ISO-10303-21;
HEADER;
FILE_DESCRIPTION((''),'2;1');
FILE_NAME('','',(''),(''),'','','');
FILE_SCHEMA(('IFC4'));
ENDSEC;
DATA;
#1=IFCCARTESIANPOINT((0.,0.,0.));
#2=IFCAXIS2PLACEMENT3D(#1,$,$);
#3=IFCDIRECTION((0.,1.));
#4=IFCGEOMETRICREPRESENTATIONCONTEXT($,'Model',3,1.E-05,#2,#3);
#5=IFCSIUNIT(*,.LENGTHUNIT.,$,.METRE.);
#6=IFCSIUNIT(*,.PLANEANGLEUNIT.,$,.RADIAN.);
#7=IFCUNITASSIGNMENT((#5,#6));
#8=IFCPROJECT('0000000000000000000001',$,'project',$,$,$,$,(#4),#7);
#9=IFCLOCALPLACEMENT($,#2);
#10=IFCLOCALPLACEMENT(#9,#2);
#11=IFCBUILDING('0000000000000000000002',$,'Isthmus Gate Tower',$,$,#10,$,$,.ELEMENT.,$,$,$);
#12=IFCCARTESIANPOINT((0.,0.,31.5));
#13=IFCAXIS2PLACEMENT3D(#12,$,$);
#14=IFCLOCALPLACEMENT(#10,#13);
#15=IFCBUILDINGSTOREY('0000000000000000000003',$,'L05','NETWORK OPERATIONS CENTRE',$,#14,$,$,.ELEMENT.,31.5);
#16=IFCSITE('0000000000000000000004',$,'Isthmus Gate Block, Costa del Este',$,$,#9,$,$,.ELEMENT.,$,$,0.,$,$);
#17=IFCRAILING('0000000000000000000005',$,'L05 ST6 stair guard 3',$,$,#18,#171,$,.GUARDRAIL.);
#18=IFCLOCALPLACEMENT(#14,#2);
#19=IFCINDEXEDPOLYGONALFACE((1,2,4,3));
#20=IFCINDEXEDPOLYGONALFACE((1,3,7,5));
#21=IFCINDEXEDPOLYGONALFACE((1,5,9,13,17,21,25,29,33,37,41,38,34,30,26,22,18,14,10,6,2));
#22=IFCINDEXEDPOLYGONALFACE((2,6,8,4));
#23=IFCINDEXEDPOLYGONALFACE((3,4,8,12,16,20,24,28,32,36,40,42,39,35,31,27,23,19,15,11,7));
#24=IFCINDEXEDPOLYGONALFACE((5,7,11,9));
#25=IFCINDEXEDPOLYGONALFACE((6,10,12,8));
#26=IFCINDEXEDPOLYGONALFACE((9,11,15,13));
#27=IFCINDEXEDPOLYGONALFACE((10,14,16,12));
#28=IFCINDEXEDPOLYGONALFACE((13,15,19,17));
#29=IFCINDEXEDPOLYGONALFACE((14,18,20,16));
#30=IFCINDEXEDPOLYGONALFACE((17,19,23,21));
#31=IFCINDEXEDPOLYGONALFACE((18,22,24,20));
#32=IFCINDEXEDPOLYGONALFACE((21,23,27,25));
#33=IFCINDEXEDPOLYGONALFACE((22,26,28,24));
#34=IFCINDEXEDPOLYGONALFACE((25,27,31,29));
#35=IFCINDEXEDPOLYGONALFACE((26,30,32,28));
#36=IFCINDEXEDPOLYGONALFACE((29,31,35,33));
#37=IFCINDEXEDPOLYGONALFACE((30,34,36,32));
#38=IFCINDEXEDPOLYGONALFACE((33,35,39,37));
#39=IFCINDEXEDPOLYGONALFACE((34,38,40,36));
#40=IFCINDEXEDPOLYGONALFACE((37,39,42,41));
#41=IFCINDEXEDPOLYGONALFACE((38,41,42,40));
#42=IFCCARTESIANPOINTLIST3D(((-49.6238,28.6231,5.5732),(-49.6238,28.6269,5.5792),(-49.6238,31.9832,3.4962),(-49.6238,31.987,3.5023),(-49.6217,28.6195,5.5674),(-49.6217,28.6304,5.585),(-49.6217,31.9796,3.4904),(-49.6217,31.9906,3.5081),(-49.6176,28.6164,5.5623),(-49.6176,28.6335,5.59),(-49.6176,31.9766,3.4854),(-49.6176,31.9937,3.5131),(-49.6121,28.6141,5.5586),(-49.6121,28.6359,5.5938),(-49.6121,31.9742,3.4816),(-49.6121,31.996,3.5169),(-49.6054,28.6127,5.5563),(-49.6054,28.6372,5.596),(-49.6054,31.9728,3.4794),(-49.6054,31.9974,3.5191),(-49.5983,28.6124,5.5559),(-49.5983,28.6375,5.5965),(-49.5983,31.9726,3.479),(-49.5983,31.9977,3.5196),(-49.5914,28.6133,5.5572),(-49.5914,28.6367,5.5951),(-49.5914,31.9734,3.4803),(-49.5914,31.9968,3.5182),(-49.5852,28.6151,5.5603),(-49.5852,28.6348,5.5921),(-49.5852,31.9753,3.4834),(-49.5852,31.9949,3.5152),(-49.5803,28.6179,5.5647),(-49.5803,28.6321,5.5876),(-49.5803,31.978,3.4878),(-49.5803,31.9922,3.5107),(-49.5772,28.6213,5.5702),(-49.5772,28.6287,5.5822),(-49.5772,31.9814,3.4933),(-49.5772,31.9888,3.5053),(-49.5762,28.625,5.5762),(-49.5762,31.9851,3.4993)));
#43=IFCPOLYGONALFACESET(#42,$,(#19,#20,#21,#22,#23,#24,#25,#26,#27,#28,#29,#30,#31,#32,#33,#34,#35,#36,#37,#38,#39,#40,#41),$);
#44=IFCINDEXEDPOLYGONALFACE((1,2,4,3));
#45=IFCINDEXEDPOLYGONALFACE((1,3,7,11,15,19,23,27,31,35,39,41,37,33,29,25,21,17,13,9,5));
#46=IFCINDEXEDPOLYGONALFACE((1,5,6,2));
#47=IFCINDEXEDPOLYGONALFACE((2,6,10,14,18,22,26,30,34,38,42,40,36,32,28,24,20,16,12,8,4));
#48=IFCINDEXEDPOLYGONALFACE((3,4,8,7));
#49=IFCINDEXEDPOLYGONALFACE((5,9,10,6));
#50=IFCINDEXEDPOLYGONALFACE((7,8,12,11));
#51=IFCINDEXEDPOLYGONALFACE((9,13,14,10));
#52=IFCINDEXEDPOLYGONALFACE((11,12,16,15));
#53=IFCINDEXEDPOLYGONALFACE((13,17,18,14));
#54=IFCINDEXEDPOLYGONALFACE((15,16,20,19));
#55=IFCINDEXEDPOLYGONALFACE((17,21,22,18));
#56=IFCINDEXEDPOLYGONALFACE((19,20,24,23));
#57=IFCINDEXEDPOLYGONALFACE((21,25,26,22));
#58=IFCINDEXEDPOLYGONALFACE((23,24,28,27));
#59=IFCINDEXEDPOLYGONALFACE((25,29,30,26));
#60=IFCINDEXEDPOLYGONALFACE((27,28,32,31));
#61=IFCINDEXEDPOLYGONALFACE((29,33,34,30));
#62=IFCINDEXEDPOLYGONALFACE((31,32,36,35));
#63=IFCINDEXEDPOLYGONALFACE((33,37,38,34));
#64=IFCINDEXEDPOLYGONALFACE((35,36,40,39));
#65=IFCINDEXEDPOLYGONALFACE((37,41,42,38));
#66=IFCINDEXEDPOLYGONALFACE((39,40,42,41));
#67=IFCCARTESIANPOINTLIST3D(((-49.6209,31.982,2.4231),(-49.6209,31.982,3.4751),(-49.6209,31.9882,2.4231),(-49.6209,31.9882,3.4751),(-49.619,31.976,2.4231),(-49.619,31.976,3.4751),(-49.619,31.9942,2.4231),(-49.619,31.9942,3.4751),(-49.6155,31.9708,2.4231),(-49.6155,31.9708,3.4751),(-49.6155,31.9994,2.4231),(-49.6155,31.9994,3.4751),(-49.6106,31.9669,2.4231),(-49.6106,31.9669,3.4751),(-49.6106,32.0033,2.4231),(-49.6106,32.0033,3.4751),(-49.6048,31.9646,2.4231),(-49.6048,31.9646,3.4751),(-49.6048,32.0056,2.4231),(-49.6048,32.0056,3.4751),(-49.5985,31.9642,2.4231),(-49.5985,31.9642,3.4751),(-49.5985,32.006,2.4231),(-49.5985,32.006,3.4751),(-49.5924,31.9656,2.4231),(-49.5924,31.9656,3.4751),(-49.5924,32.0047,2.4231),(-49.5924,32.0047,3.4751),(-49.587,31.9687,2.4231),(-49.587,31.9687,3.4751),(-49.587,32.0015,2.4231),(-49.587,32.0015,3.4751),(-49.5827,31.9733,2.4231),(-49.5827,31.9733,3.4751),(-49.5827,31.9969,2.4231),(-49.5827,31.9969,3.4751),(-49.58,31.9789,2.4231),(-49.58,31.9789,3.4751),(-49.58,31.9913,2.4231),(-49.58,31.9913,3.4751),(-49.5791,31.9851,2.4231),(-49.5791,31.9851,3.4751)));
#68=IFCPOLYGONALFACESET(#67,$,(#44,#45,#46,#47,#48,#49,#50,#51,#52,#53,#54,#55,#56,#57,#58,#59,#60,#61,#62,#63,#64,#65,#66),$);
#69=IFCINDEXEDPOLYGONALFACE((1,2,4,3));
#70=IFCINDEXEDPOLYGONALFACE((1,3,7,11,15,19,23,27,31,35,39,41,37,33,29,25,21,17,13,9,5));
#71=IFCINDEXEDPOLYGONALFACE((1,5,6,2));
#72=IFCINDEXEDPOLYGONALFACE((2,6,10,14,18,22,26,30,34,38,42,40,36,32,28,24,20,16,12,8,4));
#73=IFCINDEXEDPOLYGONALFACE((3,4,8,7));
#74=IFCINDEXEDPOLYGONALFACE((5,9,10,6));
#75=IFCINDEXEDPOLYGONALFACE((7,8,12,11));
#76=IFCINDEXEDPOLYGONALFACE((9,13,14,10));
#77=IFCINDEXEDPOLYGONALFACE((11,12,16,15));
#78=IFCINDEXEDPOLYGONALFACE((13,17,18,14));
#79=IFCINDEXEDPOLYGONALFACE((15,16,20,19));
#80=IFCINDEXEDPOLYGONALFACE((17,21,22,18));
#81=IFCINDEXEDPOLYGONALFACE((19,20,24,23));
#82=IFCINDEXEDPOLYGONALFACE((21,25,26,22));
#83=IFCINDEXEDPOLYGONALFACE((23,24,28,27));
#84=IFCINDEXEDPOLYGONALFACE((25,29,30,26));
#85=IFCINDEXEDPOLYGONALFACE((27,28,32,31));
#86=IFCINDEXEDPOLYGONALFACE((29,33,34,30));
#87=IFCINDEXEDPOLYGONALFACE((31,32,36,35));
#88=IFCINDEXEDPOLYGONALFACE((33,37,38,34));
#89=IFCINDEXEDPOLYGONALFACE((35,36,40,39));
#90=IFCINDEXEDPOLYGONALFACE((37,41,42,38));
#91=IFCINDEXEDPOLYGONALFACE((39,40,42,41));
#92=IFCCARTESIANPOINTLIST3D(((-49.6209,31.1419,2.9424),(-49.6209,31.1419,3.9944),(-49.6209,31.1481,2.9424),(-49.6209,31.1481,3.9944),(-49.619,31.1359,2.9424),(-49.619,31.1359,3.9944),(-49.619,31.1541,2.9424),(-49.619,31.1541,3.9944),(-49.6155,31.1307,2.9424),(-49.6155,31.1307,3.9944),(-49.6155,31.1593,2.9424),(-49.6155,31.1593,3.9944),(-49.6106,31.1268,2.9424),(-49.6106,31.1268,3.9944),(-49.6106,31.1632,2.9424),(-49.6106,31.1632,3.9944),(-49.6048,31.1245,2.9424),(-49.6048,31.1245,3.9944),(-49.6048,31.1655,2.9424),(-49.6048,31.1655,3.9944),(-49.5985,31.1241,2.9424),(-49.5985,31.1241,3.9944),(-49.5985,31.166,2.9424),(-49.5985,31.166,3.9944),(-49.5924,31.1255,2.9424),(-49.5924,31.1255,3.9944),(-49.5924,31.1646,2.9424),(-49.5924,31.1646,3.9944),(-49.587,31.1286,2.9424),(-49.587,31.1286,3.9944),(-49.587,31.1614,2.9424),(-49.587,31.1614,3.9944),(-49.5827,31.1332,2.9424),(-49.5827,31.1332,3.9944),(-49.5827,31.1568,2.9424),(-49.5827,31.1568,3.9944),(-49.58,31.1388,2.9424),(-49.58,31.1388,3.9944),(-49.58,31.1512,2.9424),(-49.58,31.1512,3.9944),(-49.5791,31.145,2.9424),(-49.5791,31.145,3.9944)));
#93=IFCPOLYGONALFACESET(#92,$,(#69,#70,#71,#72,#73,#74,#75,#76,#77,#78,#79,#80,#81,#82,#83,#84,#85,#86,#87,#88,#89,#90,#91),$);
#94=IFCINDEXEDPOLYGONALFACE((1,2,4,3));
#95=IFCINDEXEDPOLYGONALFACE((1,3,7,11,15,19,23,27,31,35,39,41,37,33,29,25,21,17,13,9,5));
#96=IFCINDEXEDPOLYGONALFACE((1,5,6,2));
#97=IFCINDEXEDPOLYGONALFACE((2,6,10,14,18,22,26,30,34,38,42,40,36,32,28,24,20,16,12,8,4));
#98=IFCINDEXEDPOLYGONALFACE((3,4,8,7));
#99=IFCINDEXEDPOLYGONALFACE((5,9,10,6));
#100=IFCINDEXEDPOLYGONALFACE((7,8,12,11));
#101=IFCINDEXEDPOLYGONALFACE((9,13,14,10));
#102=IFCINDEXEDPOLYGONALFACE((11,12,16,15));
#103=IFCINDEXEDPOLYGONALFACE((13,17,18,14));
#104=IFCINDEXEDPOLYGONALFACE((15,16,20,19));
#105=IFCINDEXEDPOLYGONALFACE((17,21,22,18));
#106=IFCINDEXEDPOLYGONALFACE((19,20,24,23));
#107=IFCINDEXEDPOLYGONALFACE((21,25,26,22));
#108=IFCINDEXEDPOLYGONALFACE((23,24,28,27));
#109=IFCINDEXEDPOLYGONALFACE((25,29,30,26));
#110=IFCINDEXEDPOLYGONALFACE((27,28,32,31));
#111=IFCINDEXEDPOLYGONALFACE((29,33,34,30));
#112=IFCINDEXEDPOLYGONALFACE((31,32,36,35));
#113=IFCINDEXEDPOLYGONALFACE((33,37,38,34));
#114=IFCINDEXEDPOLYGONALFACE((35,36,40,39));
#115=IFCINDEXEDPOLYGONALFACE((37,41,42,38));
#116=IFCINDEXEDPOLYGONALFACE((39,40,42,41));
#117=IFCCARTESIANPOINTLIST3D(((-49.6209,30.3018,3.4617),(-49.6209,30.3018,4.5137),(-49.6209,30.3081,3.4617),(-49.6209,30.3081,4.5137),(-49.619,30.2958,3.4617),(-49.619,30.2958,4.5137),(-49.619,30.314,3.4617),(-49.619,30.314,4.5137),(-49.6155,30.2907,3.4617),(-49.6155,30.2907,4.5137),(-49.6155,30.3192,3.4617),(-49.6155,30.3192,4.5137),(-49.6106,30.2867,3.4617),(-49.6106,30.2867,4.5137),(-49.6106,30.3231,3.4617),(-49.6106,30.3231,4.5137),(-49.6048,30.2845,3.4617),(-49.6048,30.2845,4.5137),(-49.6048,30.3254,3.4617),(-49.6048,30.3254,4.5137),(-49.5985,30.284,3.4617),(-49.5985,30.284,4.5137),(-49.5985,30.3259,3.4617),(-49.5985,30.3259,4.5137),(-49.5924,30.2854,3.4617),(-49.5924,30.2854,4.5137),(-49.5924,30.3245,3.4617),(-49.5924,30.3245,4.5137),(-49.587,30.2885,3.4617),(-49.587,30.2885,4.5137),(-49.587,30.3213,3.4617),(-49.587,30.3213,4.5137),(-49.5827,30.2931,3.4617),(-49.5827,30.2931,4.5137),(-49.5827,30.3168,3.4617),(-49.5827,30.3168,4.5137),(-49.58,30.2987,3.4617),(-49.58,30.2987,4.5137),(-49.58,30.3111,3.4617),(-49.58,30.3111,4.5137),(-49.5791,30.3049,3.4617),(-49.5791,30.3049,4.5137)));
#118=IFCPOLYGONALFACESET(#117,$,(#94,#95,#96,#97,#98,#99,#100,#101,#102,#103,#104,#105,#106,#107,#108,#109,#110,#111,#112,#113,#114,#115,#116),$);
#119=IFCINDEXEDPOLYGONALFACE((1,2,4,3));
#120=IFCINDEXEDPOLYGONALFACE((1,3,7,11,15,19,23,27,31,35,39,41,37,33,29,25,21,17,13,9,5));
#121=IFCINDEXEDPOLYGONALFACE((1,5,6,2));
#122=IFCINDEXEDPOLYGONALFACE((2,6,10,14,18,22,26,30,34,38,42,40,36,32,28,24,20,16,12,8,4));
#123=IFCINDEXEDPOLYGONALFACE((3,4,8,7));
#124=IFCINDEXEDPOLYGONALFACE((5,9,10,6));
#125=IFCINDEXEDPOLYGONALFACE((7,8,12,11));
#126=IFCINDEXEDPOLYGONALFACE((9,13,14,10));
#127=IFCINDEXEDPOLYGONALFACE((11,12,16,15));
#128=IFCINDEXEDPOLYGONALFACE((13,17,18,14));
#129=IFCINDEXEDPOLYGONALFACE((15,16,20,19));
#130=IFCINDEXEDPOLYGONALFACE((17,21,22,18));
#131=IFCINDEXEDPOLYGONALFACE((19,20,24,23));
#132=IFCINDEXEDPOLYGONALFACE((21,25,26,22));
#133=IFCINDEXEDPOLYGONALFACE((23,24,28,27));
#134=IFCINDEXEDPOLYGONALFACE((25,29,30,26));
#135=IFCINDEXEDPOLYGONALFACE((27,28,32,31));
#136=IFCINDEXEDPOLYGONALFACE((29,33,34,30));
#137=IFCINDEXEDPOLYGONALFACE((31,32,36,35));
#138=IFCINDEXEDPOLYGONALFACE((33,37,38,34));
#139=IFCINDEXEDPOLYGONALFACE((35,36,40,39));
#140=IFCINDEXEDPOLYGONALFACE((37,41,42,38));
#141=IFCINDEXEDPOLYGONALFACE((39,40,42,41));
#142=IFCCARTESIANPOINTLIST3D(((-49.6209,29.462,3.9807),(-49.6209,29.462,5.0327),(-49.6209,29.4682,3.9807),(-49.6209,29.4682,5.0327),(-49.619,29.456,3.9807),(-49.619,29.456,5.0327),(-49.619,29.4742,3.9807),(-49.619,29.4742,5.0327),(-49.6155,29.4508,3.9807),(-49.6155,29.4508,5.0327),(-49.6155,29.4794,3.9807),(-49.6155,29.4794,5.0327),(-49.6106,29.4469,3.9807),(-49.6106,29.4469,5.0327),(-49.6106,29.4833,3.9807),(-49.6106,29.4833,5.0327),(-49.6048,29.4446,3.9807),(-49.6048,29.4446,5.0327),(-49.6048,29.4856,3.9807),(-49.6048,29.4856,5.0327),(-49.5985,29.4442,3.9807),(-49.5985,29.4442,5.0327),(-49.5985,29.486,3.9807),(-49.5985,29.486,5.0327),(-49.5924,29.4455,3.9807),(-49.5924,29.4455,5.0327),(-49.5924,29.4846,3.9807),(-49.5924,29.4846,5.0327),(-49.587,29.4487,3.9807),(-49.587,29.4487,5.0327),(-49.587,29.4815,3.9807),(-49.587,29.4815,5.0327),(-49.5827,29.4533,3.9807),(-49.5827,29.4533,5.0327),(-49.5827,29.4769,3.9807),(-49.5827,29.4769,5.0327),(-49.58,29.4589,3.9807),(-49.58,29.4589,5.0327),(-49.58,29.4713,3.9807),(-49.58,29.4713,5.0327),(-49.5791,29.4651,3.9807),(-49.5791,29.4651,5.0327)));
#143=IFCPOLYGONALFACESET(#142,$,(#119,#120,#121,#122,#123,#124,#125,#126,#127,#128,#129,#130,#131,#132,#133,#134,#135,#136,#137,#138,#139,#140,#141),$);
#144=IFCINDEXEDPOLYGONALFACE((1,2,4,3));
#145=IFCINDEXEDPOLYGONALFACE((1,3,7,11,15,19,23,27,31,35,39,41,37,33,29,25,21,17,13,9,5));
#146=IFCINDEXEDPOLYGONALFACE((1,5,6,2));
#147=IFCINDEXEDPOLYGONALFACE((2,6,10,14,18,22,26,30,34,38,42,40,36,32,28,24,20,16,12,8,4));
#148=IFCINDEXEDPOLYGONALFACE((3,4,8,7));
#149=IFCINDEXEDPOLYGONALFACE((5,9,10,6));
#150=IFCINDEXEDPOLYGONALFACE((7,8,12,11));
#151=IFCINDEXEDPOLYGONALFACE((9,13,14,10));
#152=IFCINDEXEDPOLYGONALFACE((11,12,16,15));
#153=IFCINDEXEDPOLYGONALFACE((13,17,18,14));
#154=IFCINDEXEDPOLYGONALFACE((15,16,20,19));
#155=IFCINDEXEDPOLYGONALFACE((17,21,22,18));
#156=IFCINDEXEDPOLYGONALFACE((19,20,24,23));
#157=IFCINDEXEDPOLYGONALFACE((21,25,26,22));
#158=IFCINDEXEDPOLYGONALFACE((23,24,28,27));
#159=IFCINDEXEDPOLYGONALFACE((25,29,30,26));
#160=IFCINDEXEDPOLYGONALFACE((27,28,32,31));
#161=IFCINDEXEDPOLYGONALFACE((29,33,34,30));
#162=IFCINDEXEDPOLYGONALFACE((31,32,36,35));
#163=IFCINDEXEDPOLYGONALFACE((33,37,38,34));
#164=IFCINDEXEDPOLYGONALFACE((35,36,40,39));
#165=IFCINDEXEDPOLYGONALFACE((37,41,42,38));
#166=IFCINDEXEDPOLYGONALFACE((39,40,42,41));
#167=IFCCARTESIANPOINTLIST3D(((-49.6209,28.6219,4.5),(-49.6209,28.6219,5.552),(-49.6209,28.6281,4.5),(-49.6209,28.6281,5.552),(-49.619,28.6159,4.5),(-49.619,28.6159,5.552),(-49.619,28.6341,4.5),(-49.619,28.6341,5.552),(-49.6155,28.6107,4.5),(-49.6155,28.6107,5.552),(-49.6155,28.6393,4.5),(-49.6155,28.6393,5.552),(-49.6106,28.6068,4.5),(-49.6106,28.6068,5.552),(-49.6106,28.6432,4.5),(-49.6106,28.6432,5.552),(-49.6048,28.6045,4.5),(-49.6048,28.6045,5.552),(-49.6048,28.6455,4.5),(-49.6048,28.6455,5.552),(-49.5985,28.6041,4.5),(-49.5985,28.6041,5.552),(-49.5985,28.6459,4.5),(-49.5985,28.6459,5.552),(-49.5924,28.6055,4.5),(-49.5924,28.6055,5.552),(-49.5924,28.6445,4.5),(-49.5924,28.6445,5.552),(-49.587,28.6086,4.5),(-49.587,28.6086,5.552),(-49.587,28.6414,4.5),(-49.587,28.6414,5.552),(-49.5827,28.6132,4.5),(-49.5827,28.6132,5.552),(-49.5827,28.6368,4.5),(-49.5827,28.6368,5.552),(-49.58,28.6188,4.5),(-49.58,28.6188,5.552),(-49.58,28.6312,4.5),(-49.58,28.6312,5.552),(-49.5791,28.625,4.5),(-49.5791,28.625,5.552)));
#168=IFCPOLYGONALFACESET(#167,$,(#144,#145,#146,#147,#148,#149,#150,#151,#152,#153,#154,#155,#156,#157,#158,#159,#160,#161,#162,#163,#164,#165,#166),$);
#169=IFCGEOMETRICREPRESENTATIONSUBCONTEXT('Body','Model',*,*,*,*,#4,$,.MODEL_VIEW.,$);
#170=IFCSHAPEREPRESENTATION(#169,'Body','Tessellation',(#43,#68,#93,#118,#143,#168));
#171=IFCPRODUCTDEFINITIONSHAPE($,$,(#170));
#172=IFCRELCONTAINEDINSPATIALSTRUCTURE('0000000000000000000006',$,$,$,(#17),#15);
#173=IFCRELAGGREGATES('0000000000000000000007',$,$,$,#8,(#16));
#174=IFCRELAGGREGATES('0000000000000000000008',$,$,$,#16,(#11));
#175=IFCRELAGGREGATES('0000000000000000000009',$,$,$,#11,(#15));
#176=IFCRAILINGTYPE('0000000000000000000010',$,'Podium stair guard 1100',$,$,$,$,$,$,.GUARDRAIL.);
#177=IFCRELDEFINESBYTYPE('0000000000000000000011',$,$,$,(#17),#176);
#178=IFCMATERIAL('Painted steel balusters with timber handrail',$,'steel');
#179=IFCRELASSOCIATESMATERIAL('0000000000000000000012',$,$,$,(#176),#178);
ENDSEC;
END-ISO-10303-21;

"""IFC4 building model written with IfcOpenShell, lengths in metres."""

from ifc_helpers import new_model, si_unit, direction, frame, origin, origin_2d, place, context, subcontext, project, spatial, circle, extrude, material, type_object, element, save


model = new_model("IFC4")

# Units and contexts
model_context = context("Model", 3, precision=1e-05, world=origin(), true_north=direction((0.0, 1.0)))
body_context = subcontext(model_context, "Body", "Model", "MODEL_VIEW")
ifc_project = project(units=[si_unit("LENGTHUNIT", "METRE"), si_unit("PLANEANGLEUNIT", "RADIAN")], contexts=[model_context])

# Site, building, storey
site_placement = place(None, origin())
site = spatial("IfcSite", under=ifc_project, at=site_placement, Name="Isthmus Gate Block, Costa del Este", CompositionType="ELEMENT", RefElevation=0.0)
building_placement = place(site_placement, origin())
building = spatial("IfcBuilding", under=site, at=building_placement, Name="Isthmus Gate Tower", CompositionType="ELEMENT")
storey_placement = place(building_placement, frame((0.0, 0.0, 31.5)))
storey = spatial("IfcBuildingStorey", under=building, at=storey_placement, Name="L05", Description="NETWORK OPERATIONS CENTRE", CompositionType="ELEMENT", Elevation=31.5)

# Railing
ifc_material_1 = material(Name="Painted steel balusters with timber handrail", Category="steel")
railing_type_1 = type_object("IfcRailingType", Name="Podium stair guard 1100", PredefinedType="GUARDRAIL", material=ifc_material_1)
railing_1_placement = place(storey_placement, frame((-49.6001, 31.9851, 2.4231)))
element("IfcRailing", 1, at=railing_1_placement, inside=storey, type_object=railing_type_1, Name="L05 ST6 stair guard 3", PredefinedType="GUARDRAIL", context=body_context, shape_type="SweptSolid", body=[
    extrude(circle(Radius=0.0239, at=origin_2d()), frame((0.0, 0.0, 1.0762), z_axis=(0.0, -0.850623, 0.525776), x_axis=(1.0, 0.0, 0.0)), (0.0, 0.0, 1.0), 3.9502),
    extrude(circle(Radius=0.021, at=origin_2d()), origin(), (0.0, 0.0, 1.0), 1.052),
    extrude(circle(Radius=0.021, at=origin_2d()), frame((0.0, -0.8401, 0.5193)), (0.0, 0.0, 1.0), 1.052),
    extrude(circle(Radius=0.021, at=origin_2d()), frame((0.0, -1.6802, 1.0386)), (0.0, 0.0, 1.0), 1.052),
    extrude(circle(Radius=0.021, at=origin_2d()), frame((0.0, -2.52, 1.5576)), (0.0, 0.0, 1.0), 1.052),
    extrude(circle(Radius=0.021, at=origin_2d()), frame((0.0, -3.3601, 2.0769)), (0.0, 0.0, 1.0), 1.052),
])

save(model, "model.ifc")
